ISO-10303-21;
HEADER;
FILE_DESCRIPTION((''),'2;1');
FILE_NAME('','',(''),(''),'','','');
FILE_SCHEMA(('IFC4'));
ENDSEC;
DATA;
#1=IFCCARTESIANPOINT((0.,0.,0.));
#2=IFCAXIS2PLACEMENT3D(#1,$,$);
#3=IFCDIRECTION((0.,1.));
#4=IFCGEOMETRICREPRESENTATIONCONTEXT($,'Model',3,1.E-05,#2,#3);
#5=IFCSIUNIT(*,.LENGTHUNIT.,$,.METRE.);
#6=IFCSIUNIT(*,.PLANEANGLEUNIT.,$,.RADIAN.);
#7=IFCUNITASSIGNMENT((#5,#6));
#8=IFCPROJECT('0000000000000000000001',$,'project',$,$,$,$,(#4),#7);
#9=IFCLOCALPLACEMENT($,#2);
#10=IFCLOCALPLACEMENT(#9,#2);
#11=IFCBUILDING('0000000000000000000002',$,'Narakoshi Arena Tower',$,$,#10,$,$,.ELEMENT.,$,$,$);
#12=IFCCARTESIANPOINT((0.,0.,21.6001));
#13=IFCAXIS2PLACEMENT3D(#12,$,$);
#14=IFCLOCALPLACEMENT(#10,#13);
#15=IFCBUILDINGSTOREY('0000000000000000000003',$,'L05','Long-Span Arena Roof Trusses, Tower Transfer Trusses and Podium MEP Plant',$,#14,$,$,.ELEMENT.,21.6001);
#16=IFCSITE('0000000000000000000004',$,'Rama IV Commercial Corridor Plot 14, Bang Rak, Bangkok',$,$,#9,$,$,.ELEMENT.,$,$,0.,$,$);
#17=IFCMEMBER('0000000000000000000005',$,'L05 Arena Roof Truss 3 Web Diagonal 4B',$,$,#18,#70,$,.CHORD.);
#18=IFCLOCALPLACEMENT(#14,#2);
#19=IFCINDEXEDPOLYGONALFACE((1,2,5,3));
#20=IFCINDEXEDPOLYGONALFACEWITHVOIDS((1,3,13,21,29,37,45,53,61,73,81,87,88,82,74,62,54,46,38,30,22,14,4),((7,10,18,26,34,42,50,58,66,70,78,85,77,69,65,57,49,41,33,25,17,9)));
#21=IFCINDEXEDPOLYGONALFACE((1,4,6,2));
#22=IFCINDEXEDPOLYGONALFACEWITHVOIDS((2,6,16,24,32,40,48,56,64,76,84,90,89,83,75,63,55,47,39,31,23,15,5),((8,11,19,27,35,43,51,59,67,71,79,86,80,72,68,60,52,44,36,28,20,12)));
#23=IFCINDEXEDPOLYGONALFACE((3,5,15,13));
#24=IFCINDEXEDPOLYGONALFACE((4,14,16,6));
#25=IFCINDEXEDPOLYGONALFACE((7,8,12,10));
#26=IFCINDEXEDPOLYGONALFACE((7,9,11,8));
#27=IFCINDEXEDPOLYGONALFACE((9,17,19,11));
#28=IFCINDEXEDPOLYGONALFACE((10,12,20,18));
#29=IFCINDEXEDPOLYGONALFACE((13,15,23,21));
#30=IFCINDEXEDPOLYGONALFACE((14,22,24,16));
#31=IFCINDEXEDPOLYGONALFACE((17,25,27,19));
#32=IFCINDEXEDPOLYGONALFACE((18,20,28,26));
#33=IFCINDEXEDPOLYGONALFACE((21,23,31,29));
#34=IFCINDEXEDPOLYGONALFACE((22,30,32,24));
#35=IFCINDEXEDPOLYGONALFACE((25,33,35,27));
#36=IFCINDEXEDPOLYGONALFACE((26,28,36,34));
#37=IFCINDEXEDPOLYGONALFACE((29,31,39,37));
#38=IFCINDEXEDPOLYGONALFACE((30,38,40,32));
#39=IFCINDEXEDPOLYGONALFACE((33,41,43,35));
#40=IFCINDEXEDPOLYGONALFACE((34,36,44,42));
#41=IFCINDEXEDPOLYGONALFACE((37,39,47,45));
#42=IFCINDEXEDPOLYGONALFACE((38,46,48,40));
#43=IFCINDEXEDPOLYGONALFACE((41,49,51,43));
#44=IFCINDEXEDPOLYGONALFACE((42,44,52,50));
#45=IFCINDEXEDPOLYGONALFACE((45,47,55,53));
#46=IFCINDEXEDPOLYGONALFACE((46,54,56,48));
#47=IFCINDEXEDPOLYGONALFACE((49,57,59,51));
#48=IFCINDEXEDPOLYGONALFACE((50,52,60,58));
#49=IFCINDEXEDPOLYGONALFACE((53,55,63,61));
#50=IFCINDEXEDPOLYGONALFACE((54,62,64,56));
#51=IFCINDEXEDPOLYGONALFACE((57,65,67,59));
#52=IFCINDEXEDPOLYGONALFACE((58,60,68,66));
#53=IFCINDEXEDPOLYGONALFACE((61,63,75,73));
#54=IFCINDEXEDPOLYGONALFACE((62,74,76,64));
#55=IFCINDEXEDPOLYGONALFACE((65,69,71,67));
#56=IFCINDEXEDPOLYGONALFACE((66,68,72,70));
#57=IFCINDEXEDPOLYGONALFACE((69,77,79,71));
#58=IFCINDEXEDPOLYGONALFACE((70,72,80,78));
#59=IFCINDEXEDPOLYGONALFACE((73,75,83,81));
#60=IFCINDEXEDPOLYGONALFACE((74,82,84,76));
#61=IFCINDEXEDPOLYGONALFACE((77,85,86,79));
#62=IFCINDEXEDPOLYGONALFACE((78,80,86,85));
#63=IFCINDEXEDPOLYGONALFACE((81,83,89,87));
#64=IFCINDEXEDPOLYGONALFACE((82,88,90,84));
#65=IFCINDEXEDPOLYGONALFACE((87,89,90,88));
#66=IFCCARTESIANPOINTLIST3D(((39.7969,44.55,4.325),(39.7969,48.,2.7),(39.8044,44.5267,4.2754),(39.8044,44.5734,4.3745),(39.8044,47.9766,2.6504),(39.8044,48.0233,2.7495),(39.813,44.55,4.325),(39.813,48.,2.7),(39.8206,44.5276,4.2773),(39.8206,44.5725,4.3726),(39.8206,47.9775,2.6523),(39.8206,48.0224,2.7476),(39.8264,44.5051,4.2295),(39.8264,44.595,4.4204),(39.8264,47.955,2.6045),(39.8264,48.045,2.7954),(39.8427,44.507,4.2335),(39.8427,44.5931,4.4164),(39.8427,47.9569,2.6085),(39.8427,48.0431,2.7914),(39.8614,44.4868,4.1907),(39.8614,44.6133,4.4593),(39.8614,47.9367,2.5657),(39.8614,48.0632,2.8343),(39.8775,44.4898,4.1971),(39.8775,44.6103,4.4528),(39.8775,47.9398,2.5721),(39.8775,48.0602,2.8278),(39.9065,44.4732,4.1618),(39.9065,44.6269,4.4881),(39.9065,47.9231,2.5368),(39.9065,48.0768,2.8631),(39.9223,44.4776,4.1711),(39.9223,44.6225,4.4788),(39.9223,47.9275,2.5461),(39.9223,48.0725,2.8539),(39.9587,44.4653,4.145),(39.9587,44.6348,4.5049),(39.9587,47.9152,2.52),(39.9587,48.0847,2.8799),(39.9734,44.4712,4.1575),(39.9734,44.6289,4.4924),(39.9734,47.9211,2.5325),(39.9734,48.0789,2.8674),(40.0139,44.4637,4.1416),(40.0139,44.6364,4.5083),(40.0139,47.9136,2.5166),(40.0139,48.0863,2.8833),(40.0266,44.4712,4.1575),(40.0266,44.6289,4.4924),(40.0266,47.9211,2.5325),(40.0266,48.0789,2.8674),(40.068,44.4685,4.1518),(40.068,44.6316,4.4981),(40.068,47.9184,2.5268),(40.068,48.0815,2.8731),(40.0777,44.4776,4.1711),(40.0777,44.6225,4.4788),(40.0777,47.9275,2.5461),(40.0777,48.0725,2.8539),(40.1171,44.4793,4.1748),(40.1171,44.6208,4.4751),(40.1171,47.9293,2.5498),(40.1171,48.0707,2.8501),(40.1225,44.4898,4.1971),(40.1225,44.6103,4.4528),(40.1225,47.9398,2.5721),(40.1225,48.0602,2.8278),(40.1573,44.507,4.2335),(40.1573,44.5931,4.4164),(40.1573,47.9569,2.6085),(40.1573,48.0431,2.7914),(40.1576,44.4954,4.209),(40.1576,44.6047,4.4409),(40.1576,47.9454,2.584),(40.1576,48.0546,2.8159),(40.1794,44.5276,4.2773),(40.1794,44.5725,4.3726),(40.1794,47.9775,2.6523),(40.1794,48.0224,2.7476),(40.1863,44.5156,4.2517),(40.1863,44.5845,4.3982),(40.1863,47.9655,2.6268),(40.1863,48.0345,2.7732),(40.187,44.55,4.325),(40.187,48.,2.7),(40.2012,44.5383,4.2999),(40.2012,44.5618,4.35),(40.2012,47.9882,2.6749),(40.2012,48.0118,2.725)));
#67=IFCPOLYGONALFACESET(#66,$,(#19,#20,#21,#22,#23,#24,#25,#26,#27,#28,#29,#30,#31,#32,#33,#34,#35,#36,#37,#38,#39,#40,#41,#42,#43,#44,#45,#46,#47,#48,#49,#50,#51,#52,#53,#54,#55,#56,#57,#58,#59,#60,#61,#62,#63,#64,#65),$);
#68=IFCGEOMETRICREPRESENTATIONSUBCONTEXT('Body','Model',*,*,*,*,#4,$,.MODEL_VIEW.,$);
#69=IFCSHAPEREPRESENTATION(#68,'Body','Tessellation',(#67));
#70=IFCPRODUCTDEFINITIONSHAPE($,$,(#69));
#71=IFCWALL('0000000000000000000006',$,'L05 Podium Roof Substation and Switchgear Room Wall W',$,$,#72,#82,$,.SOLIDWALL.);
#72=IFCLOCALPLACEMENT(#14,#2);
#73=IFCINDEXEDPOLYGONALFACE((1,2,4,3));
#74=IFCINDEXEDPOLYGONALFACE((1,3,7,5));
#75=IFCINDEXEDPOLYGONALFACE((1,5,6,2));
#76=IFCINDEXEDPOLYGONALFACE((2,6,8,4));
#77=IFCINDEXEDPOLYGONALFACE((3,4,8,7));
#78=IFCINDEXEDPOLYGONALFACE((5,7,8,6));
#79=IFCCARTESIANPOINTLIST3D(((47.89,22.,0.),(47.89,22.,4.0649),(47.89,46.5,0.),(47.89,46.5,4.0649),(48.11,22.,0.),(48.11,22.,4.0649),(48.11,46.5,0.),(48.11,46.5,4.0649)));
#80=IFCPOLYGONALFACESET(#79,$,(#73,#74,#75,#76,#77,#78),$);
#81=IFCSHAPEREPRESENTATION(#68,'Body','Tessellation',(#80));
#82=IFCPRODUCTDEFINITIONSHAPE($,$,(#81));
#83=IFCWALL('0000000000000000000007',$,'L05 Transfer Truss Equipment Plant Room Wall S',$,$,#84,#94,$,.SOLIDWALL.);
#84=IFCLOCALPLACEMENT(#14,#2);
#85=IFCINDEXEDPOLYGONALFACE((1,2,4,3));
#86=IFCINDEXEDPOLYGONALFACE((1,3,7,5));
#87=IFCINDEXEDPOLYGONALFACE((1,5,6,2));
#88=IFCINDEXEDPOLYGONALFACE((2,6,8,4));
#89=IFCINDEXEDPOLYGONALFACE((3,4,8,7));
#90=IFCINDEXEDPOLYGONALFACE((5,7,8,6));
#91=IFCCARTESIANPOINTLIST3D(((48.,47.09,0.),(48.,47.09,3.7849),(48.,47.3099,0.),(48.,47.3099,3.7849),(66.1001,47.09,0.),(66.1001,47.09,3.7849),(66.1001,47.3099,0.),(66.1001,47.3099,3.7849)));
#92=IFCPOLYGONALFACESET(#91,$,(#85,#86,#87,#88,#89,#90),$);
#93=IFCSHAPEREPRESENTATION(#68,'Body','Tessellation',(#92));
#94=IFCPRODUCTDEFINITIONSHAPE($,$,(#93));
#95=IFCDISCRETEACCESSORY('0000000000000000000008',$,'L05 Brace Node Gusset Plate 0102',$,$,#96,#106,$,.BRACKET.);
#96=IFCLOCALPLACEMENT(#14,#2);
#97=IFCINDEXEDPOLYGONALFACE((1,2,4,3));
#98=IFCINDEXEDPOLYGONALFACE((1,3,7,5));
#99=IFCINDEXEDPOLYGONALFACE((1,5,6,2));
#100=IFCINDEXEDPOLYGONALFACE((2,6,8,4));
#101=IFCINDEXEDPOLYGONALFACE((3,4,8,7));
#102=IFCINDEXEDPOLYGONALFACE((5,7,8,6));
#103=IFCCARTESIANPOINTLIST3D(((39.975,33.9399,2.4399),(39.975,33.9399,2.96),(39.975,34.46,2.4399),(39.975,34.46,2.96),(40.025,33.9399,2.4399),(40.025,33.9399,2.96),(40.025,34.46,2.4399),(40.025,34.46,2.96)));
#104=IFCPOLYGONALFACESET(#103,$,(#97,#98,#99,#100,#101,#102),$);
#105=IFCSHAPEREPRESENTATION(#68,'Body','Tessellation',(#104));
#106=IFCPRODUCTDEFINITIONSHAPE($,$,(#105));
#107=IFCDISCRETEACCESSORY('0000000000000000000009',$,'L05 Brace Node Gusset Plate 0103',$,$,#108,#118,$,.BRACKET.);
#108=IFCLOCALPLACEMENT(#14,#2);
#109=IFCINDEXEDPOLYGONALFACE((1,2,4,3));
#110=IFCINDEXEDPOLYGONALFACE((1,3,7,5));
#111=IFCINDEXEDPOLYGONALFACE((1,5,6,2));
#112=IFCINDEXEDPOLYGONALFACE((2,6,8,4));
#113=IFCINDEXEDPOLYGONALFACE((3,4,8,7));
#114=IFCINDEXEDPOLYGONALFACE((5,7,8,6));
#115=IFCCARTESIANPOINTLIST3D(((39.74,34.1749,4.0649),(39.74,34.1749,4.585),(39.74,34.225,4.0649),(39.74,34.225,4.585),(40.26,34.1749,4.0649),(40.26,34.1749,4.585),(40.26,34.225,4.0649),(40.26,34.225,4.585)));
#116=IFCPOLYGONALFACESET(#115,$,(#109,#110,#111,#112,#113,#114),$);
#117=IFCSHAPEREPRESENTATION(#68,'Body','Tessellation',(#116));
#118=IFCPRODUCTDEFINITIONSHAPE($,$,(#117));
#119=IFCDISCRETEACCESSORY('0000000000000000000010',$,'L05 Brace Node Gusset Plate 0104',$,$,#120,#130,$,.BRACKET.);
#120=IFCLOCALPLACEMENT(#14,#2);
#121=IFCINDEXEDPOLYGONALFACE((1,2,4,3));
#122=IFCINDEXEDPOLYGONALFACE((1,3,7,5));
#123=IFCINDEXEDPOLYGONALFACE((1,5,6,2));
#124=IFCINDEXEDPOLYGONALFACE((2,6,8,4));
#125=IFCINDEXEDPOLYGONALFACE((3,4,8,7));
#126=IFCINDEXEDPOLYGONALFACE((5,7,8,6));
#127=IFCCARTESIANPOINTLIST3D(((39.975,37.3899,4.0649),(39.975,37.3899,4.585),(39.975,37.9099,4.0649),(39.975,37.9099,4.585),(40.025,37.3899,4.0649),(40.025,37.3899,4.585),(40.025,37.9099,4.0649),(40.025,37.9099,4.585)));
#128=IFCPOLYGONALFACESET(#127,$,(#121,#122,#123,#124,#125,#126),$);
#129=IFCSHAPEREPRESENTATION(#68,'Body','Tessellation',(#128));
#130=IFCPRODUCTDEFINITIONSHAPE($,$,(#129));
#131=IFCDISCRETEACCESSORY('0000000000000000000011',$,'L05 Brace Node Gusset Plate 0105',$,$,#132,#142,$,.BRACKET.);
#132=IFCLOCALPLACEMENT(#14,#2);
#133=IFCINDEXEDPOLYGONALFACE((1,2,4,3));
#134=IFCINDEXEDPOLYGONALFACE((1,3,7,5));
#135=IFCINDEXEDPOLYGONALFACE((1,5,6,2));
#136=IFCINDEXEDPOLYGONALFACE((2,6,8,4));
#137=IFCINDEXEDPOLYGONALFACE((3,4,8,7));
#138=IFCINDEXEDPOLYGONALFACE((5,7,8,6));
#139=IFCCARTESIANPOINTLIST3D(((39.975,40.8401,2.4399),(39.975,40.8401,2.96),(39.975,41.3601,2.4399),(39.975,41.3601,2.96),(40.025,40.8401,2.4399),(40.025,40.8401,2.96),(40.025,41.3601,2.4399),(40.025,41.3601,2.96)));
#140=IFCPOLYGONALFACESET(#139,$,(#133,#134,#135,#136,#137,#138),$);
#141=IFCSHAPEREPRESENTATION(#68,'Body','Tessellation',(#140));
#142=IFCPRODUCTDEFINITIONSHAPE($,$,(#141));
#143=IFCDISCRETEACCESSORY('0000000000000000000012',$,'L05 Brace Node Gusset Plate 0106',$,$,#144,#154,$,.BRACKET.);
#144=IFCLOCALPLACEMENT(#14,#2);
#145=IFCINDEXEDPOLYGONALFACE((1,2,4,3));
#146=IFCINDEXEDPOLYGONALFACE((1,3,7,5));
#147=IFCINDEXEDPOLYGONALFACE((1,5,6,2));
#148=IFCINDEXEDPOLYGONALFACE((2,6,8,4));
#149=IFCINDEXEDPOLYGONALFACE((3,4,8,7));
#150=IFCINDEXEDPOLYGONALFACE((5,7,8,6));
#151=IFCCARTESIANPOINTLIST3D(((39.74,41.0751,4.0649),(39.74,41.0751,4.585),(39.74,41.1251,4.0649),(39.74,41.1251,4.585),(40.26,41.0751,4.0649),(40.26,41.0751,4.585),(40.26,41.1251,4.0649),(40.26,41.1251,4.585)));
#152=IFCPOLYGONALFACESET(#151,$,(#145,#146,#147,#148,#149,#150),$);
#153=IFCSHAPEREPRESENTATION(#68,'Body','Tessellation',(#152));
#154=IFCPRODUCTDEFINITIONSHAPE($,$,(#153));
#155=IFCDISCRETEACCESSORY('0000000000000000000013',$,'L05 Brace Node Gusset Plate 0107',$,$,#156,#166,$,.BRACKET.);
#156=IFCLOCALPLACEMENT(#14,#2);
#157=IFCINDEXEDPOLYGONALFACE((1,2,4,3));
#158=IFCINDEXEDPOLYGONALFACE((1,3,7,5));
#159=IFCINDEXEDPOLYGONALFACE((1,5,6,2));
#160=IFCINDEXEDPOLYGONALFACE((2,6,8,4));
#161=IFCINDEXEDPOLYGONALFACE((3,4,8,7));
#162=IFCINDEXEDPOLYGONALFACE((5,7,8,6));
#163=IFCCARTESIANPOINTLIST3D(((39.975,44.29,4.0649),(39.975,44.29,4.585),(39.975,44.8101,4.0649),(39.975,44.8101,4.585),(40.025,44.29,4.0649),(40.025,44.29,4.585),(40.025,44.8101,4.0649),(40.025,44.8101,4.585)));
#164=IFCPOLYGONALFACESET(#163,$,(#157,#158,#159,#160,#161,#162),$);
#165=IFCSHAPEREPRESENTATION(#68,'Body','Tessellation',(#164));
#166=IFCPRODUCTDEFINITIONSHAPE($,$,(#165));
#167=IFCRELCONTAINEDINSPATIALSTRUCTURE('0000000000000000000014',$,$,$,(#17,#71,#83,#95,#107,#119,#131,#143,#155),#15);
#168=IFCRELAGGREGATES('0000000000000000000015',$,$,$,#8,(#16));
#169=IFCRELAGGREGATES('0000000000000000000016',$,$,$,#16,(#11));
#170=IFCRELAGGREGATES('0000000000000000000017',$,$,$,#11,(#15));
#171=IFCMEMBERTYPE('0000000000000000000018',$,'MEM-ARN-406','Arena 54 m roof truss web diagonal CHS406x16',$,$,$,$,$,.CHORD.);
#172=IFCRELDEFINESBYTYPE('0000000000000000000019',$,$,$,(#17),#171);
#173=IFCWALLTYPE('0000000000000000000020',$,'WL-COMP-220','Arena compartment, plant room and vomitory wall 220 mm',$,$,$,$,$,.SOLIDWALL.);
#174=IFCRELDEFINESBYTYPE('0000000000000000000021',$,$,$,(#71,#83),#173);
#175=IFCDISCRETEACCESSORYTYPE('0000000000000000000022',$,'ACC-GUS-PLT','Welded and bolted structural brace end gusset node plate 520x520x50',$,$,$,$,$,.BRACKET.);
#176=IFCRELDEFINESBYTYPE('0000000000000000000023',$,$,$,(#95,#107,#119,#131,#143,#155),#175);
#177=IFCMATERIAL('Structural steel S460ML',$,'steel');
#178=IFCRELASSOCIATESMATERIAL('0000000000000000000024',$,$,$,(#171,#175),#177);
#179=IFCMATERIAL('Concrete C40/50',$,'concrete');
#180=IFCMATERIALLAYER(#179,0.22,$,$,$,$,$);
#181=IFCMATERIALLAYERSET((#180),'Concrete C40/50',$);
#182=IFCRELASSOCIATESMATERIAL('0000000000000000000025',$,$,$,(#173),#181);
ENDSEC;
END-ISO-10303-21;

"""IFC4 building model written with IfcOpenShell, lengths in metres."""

from ifc_helpers import new_model, si_unit, direction, frame, frame_2d, origin, origin_2d, place, context, subcontext, project, spatial, rectangle, hollow_circle, extrude, material, layer, layer_set, material_profile, profile_set, type_object, element, save


model = new_model("IFC4")

# Units and contexts
model_context = context("Model", 3, precision=1e-05, world=origin(), true_north=direction((0.0, 1.0)))
body_context = subcontext(model_context, "Body", "Model", "MODEL_VIEW")
ifc_project = project(units=[si_unit("LENGTHUNIT", "METRE"), si_unit("PLANEANGLEUNIT", "RADIAN")], contexts=[model_context])

# Site, building, storey
site_placement = place(None, origin())
site = spatial("IfcSite", under=ifc_project, at=site_placement, Name="Rama IV Commercial Corridor Plot 14, Bang Rak, Bangkok", CompositionType="ELEMENT", RefElevation=0.0)
building_placement = place(site_placement, origin())
building = spatial("IfcBuilding", under=site, at=building_placement, Name="Narakoshi Arena Tower", CompositionType="ELEMENT")
storey_placement = place(building_placement, frame((0.0, 0.0, 21.6001)))
storey = spatial("IfcBuildingStorey", under=building, at=storey_placement, Name="L05", Description="Long-Span Arena Roof Trusses, Tower Transfer Trusses and Podium MEP Plant", CompositionType="ELEMENT", Elevation=21.6001)

# Shared definitions
ifc_material_1 = material(Name="Structural steel S460ML", Category="steel")

# Member
ifc_material_profile_1 = material_profile(ifc_material_1, hollow_circle(Radius=0.2031, WallThickness=0.0161, at=origin_2d()), Name="CHS406x16")
ifc_profile_set_1 = profile_set([ifc_material_profile_1], Name="Structural steel S460ML")
member_type = type_object("IfcMemberType", Name="MEM-ARN-406", Description="Arena 54 m roof truss web diagonal CHS406x16", PredefinedType="CHORD", material=ifc_profile_set_1)
for number, where, z_axis, x_axis, name in (
    (1, (40.0, 44.55, 4.325), (0.0, 0.904668, -0.426118), (-1.0, 0.0, 0.0), "L05 Arena Roof Truss 3 Web Diagonal 4B"),
):
    element("IfcMember", number, at=place(storey_placement, frame(where, z_axis=z_axis, x_axis=x_axis)), inside=storey, type_object=member_type, Name=name, PredefinedType="CHORD", context=body_context, shape_type="SweptSolid", body=[
        extrude(hollow_circle(Radius=0.2031, WallThickness=0.0161, at=origin_2d()), origin(), (0.0, 0.0, 1.0), 3.8135),
    ])

# Walls
ifc_material_2 = material(Name="Concrete C40/50", Category="concrete")
ifc_layer = layer(ifc_material_2, 0.22)
ifc_layer_set = layer_set([ifc_layer], Name="Concrete C40/50")
wall_type = type_object("IfcWallType", Name="WL-COMP-220", Description="Arena compartment, plant room and vomitory wall 220 mm", PredefinedType="SOLIDWALL", material=ifc_layer_set)
wall_1_placement = place(storey_placement, frame((48.0, 46.5, 0.0), z_axis=(0.0, 0.0, 1.0), x_axis=(0.0, -1.0, 0.0)))
element("IfcWall", 2, at=wall_1_placement, inside=storey, type_object=wall_type, Name="L05 Podium Roof Substation and Switchgear Room Wall W", PredefinedType="SOLIDWALL", context=body_context, shape_type="SweptSolid", body=[
    extrude(rectangle(XDim=24.5, YDim=0.22, at=frame_2d((12.25, 0.0))), origin(), (0.0, 0.0, 1.0), 4.0649),
])
wall_2_placement = place(storey_placement, frame((48.0, 47.2, 0.0), z_axis=(0.0, 0.0, 1.0), x_axis=(1.0, 0.0, 0.0)))
element("IfcWall", 3, at=wall_2_placement, inside=storey, type_object=wall_type, Name="L05 Transfer Truss Equipment Plant Room Wall S", PredefinedType="SOLIDWALL", context=body_context, shape_type="SweptSolid", body=[
    extrude(rectangle(XDim=18.1001, YDim=0.22, at=frame_2d((9.05, 0.0))), origin(), (0.0, 0.0, 1.0), 3.7849),
])

# Discrete accessories
discrete_accessory_type = type_object("IfcDiscreteAccessoryType", Name="ACC-GUS-PLT", Description="Welded and bolted structural brace end gusset node plate 520x520x50", PredefinedType="BRACKET", material=ifc_material_1)
for number, where, z_axis, x_axis, name in (
    (4, (40.0, 34.2, 2.4399), (0.0, 0.0, 1.0), (0.0, 1.0, 0.0), "L05 Brace Node Gusset Plate 0102"),
    (5, (40.0, 34.2, 4.0649), (0.0, 0.0, 1.0), (1.0, 0.0, 0.0), "L05 Brace Node Gusset Plate 0103"),
    (6, (40.0, 37.6499, 4.0649), (0.0, 0.0, 1.0), (0.0, 1.0, 0.0), "L05 Brace Node Gusset Plate 0104"),
    (7, (40.0, 41.1001, 2.4399), (0.0, 0.0, 1.0), (0.0, 1.0, 0.0), "L05 Brace Node Gusset Plate 0105"),
    (8, (40.0, 41.1001, 4.0649), (0.0, 0.0, 1.0), (1.0, 0.0, 0.0), "L05 Brace Node Gusset Plate 0106"),
    (9, (40.0, 44.55, 4.0649), (0.0, 0.0, 1.0), (0.0, 1.0, 0.0), "L05 Brace Node Gusset Plate 0107"),
):
    element("IfcDiscreteAccessory", number, at=place(storey_placement, frame(where, z_axis=z_axis, x_axis=x_axis)), inside=storey, type_object=discrete_accessory_type, Name=name, PredefinedType="BRACKET", context=body_context, shape_type="SweptSolid", body=[
        extrude(rectangle(XDim=0.52, YDim=0.05, at=origin_2d()), origin(), (0.0, 0.0, 1.0), 0.52),
    ])

save(model, "model.ifc")
